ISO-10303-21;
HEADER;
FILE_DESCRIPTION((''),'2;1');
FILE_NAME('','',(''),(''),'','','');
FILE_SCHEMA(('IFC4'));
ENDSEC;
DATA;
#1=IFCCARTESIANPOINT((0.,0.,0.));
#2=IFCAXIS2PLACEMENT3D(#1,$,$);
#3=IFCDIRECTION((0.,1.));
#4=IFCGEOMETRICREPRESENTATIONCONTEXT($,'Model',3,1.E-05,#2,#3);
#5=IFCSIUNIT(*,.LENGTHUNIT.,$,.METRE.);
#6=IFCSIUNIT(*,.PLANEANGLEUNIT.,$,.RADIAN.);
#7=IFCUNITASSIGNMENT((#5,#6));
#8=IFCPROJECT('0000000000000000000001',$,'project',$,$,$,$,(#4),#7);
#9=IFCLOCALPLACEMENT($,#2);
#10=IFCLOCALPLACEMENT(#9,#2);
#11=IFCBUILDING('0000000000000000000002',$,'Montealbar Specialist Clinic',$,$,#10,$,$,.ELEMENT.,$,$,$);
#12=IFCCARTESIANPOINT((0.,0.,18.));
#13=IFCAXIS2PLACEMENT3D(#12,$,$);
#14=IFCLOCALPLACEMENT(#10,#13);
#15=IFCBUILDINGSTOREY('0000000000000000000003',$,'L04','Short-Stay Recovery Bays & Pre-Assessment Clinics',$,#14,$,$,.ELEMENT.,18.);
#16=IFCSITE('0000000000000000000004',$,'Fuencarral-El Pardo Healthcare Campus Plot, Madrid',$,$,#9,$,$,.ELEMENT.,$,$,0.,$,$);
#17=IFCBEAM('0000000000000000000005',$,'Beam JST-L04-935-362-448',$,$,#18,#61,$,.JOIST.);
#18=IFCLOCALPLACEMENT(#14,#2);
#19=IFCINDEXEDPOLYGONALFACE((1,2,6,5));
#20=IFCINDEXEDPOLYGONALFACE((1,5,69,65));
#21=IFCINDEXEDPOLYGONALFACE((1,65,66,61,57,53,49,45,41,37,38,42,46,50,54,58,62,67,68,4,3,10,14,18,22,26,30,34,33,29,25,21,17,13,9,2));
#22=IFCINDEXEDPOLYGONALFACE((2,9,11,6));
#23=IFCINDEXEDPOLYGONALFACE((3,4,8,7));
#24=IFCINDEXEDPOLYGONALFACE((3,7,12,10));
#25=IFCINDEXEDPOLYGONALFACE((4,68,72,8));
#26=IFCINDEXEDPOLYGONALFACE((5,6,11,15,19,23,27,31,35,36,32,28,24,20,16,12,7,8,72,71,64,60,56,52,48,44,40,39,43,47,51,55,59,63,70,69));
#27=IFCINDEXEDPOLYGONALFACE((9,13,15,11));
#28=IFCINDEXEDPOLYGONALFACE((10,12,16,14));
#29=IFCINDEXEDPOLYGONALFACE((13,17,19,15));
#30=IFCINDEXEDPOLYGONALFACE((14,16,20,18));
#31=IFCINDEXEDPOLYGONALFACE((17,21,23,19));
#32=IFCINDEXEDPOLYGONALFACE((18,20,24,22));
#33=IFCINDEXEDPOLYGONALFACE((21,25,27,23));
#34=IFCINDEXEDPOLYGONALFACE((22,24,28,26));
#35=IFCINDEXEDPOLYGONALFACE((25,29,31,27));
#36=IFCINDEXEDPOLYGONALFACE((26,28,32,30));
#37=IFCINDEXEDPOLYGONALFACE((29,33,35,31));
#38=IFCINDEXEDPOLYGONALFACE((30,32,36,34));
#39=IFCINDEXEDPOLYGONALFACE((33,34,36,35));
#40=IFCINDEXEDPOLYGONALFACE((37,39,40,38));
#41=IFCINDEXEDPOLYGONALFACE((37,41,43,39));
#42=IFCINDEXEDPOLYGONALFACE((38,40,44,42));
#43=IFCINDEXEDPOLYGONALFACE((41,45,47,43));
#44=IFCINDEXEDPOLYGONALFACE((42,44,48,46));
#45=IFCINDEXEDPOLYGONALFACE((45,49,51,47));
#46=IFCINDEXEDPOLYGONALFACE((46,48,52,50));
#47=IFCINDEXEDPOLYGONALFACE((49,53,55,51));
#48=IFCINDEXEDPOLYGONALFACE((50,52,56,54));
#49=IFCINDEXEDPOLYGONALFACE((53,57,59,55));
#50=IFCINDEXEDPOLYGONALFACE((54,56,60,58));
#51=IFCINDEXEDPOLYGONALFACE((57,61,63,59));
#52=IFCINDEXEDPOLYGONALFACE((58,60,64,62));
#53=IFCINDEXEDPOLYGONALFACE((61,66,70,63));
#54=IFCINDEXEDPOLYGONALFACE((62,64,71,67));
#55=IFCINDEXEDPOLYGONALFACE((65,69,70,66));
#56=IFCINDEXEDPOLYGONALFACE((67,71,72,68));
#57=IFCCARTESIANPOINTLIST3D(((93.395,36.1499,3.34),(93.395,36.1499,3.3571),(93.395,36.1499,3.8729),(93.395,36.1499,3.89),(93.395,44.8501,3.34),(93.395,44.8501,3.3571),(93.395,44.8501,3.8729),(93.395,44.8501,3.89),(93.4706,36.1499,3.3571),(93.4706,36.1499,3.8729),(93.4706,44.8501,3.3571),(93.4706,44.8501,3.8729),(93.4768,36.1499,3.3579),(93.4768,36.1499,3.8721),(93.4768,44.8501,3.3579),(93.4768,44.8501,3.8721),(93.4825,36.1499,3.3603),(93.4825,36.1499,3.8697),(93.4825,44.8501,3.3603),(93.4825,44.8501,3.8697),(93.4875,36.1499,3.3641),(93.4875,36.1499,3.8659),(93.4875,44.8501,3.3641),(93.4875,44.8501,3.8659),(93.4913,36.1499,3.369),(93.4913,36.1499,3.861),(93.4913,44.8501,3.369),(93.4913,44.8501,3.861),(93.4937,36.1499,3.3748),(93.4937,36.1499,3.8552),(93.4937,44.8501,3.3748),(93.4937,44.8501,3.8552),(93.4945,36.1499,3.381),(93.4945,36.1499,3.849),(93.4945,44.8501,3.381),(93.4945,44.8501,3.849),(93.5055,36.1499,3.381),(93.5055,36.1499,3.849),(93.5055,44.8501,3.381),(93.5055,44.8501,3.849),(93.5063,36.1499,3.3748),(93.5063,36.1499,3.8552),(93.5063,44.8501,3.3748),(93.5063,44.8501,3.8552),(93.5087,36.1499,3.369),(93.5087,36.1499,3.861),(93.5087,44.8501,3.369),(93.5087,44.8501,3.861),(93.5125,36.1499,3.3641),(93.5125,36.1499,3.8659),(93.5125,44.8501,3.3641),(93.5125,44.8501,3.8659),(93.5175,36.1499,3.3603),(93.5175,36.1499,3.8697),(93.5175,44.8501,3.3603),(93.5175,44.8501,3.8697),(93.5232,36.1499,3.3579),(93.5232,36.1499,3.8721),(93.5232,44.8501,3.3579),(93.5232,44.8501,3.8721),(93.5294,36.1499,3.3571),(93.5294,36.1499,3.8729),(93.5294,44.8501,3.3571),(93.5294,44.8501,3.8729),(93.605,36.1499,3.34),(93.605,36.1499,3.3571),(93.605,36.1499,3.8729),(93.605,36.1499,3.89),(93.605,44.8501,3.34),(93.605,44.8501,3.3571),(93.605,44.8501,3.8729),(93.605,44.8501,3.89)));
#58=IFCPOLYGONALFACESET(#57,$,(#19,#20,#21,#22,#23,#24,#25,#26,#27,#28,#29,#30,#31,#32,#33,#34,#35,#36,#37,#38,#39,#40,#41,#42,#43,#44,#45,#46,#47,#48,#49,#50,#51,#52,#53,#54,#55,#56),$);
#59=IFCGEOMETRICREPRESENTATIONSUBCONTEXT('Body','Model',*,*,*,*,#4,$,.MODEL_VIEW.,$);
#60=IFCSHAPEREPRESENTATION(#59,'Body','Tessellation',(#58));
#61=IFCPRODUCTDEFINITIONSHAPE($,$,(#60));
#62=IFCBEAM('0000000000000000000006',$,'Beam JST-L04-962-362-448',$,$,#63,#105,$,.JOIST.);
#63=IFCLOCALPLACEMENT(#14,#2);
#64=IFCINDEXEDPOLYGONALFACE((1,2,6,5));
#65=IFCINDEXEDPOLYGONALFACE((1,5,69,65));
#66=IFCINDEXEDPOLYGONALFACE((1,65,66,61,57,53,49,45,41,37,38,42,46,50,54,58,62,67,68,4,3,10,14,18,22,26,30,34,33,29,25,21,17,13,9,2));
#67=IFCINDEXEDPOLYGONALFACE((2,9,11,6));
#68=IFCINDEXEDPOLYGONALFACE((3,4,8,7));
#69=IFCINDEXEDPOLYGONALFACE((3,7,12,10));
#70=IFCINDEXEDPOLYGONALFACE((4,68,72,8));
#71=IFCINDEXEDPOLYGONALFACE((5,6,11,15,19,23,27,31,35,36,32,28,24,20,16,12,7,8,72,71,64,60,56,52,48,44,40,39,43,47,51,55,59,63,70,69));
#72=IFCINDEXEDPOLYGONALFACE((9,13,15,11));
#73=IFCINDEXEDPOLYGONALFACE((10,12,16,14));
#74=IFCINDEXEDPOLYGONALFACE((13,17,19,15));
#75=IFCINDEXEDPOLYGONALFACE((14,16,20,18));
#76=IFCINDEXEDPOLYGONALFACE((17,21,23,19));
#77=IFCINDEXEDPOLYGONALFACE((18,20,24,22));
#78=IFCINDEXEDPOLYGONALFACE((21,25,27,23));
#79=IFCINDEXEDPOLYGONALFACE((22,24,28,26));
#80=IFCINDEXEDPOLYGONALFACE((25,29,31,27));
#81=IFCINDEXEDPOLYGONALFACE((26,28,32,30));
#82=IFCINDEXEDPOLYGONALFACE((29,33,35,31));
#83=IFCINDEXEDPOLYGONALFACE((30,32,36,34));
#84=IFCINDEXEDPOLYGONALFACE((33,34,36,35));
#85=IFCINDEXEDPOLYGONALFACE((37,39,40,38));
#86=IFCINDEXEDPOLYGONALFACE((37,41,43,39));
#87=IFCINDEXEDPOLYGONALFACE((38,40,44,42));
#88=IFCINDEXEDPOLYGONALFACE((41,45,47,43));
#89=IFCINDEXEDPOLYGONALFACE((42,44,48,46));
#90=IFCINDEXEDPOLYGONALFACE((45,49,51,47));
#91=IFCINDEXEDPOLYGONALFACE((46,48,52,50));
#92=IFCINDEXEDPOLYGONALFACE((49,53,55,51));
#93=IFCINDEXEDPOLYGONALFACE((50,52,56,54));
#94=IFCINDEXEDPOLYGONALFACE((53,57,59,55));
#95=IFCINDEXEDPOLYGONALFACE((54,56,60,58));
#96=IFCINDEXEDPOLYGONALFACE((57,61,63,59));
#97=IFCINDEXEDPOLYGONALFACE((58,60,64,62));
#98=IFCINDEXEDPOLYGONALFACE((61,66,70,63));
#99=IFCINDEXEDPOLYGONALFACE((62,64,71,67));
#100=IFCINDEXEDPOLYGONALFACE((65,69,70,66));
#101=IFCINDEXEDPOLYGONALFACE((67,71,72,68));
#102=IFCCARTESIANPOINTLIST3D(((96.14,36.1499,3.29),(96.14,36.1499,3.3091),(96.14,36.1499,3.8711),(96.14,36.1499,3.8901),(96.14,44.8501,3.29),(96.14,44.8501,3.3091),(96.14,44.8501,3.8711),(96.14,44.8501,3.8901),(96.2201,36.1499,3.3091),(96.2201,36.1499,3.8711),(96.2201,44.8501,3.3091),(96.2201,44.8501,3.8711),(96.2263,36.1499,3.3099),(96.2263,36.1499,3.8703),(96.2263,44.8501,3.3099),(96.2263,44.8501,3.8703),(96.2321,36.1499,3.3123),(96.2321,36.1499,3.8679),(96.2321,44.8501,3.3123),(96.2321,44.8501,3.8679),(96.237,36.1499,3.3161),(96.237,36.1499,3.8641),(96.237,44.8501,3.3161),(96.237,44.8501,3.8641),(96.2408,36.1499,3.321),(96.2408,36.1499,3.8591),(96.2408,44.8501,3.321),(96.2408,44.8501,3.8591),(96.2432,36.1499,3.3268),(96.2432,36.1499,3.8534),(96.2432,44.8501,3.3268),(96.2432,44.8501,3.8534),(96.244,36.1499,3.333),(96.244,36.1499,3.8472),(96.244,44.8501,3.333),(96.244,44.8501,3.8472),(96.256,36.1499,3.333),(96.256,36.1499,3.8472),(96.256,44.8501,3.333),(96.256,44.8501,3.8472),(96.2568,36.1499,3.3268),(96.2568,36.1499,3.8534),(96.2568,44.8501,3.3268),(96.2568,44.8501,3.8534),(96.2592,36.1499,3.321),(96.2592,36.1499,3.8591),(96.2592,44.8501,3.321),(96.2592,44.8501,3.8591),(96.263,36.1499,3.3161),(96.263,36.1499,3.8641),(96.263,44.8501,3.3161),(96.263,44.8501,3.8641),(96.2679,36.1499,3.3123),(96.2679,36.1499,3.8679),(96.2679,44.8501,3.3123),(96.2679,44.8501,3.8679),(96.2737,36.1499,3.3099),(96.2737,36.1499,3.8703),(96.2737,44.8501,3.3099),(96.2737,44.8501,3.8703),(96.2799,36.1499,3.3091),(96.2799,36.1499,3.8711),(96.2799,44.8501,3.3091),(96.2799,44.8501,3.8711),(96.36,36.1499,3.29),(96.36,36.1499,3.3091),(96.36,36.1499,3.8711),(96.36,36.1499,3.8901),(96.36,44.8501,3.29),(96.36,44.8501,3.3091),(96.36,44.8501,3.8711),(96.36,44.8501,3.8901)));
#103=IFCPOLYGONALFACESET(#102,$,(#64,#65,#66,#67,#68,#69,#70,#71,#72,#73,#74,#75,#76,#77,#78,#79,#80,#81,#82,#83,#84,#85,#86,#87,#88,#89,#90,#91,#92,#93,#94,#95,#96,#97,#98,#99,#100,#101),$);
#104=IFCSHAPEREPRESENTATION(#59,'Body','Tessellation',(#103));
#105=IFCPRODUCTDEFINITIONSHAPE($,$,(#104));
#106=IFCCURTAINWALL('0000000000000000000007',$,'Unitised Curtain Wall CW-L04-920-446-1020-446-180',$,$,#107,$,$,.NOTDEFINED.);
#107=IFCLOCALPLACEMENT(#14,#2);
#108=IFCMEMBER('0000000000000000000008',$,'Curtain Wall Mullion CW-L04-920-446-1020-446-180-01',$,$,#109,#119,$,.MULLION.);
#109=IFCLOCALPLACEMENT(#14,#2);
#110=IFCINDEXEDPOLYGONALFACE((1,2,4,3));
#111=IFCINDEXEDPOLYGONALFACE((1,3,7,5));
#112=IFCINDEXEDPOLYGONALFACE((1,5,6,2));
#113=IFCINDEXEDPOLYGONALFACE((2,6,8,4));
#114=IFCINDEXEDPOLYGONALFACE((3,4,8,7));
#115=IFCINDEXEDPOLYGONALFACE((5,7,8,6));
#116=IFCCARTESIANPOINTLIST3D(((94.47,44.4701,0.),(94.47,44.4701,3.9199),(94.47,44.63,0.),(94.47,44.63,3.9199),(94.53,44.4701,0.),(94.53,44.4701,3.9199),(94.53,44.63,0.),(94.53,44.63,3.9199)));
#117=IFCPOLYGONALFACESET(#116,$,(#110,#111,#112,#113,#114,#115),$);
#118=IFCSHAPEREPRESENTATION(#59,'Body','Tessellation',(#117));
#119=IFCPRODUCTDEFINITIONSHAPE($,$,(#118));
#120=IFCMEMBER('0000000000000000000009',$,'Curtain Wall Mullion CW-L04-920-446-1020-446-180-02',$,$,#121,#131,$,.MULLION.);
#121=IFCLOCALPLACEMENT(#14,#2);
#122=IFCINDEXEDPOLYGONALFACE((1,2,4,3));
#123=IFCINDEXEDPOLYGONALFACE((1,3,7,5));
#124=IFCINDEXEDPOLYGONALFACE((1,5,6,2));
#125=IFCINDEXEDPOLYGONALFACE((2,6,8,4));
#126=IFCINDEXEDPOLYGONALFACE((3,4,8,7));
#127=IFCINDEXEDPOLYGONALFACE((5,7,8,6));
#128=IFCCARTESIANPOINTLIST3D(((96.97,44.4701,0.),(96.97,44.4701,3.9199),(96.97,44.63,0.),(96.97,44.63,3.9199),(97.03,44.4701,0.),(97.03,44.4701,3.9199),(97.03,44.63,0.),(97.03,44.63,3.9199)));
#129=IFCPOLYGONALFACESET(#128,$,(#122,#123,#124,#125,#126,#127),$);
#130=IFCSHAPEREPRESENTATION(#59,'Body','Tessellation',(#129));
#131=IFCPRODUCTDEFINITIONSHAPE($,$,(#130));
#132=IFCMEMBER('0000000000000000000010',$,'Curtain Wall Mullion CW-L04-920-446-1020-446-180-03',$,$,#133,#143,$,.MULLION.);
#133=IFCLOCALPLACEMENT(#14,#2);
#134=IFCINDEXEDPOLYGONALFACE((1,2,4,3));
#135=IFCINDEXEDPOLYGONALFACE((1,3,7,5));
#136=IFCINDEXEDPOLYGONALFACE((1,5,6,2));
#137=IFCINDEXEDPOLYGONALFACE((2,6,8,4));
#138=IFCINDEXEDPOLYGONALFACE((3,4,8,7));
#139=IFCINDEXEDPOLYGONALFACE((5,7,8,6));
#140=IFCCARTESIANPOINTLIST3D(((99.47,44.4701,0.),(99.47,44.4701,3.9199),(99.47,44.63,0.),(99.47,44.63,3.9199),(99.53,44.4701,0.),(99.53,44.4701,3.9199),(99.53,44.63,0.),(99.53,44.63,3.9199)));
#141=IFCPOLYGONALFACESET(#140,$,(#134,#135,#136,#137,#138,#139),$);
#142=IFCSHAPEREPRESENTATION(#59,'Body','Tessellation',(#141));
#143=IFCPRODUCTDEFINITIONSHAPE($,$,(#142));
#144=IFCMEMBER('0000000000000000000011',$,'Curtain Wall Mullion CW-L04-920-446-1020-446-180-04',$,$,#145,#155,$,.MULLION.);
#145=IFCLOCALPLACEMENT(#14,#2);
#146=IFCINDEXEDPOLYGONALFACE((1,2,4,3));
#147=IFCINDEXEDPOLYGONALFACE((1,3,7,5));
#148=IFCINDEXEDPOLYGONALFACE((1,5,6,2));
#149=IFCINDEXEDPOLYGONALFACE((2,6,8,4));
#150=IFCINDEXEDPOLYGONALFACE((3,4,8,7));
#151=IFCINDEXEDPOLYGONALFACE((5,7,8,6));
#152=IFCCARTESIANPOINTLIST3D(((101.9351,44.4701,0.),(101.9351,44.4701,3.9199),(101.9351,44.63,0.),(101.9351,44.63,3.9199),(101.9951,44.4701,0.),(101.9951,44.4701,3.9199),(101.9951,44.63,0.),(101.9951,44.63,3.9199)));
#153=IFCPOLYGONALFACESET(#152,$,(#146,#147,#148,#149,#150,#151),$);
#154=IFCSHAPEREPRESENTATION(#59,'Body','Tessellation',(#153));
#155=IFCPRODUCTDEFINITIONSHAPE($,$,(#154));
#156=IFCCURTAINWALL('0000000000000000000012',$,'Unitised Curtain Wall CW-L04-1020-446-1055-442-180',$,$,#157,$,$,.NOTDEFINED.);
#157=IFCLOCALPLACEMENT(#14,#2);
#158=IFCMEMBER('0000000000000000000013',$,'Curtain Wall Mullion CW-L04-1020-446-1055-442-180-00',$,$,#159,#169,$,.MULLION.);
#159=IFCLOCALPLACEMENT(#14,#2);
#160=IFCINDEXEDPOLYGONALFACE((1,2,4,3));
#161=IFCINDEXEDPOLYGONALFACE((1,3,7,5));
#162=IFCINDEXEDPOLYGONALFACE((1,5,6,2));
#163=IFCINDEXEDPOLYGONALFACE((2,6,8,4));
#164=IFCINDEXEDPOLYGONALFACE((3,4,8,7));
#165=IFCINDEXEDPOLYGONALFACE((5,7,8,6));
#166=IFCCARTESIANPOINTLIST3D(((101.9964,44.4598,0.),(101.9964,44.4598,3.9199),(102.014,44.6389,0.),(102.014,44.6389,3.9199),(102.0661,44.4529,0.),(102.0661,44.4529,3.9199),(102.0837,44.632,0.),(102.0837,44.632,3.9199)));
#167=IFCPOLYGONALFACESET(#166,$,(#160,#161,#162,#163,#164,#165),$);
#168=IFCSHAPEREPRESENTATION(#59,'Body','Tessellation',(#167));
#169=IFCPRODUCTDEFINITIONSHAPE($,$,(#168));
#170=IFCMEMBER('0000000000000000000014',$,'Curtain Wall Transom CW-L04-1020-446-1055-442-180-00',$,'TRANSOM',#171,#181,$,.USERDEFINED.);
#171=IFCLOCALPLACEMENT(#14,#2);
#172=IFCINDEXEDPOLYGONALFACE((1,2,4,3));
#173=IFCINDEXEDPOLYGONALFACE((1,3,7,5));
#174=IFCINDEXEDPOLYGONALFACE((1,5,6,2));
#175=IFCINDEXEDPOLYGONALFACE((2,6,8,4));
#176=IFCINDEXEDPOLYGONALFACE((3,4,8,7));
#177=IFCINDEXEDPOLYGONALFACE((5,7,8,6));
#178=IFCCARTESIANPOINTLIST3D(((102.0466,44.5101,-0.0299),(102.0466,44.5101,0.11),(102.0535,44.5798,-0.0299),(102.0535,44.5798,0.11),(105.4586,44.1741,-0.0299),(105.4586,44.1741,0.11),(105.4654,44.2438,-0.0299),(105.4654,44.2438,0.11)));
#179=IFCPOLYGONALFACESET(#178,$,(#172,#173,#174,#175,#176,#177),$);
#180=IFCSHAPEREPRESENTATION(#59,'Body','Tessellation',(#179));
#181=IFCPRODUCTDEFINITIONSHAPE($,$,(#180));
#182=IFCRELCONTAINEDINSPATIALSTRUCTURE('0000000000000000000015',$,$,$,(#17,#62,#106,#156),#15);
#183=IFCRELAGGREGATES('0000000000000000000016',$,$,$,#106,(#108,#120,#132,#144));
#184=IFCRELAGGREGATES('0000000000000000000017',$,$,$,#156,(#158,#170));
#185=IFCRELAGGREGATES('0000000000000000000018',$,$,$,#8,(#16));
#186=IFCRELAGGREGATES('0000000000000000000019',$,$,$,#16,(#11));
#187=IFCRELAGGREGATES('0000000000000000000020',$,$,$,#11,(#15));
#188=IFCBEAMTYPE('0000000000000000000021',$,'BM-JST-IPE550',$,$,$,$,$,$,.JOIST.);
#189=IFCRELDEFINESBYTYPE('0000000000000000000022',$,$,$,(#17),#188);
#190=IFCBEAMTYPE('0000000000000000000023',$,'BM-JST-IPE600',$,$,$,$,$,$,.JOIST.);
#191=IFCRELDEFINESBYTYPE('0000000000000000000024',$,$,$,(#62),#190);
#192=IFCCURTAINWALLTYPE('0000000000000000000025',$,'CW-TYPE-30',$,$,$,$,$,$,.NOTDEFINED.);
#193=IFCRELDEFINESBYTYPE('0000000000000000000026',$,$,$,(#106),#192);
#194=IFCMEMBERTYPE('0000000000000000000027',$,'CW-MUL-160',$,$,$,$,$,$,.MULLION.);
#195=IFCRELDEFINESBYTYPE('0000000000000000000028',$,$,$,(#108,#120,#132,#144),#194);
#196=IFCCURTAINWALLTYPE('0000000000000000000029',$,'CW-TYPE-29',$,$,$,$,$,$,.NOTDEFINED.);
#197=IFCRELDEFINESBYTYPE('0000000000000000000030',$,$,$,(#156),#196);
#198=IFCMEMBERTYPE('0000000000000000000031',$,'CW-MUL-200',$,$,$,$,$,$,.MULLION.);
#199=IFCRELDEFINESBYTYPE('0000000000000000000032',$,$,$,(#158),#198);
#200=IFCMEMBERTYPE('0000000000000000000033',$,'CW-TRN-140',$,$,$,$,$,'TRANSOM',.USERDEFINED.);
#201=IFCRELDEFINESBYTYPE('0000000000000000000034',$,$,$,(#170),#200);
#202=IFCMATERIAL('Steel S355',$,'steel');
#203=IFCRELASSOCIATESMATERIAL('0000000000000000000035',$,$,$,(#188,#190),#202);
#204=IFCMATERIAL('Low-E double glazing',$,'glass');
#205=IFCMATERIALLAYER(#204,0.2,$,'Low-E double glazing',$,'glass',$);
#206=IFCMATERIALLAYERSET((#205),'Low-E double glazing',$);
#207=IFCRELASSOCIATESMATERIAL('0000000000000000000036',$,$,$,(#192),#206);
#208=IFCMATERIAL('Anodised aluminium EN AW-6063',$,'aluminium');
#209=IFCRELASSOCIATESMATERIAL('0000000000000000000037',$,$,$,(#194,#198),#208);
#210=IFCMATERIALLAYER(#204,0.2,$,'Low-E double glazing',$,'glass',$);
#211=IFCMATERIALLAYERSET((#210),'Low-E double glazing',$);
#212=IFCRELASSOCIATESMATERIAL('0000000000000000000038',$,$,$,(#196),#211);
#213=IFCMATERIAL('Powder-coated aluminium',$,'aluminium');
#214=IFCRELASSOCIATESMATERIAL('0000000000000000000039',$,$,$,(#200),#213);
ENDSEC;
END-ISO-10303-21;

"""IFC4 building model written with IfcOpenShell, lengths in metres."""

from ifc_helpers import new_model, si_unit, direction, frame, origin, origin_2d, place, context, subcontext, project, spatial, rectangle, i_section, extrude, material, layer, layer_set, material_profile, profile_set, type_object, element, aggregate, save


model = new_model("IFC4")

# Units and contexts
model_context = context("Model", 3, precision=1e-05, world=origin(), true_north=direction((0.0, 1.0)))
body_context = subcontext(model_context, "Body", "Model", "MODEL_VIEW")
ifc_project = project(units=[si_unit("LENGTHUNIT", "METRE"), si_unit("PLANEANGLEUNIT", "RADIAN")], contexts=[model_context])

# Site, building, storey
site_placement = place(None, origin())
site = spatial("IfcSite", under=ifc_project, at=site_placement, Name="Fuencarral-El Pardo Healthcare Campus Plot, Madrid", CompositionType="ELEMENT", RefElevation=0.0)
building_placement = place(site_placement, origin())
building = spatial("IfcBuilding", under=site, at=building_placement, Name="Montealbar Specialist Clinic", CompositionType="ELEMENT")
storey_placement = place(building_placement, frame((0.0, 0.0, 18.0)))
storey = spatial("IfcBuildingStorey", under=building, at=storey_placement, Name="L04", Description="Short-Stay Recovery Bays & Pre-Assessment Clinics", CompositionType="ELEMENT", Elevation=18.0)

# Shared definitions
ifc_material_1 = material(Name="Steel S355", Category="steel")

# Beams
ifc_material_profile_1 = material_profile(ifc_material_1, i_section(OverallWidth=0.21, OverallDepth=0.55, WebThickness=0.011, FlangeThickness=0.0171, FilletRadius=0.0239, at=origin_2d()), Name="IPE 550", Category="steel")
ifc_profile_set_1 = profile_set([ifc_material_profile_1], Name="Steel S355")
beam_type_1 = type_object("IfcBeamType", Name="BM-JST-IPE550", PredefinedType="JOIST", material=ifc_profile_set_1)
beam_1_placement = place(storey_placement, frame((93.5, 36.1499, 3.615), z_axis=(0.0, 1.0, 0.0), x_axis=(-1.0, 0.0, 0.0)))
element("IfcBeam", 1, at=beam_1_placement, inside=storey, type_object=beam_type_1, Name="Beam JST-L04-935-362-448", PredefinedType="JOIST", context=body_context, shape_type="SweptSolid", body=[
    extrude(i_section(OverallWidth=0.21, OverallDepth=0.55, WebThickness=0.011, FlangeThickness=0.0171, FilletRadius=0.0239, at=origin_2d()), origin(), (0.0, 0.0, 1.0), 8.7002),
])
ifc_material_profile_2 = material_profile(ifc_material_1, i_section(OverallWidth=0.22, OverallDepth=0.6001, WebThickness=0.012, FlangeThickness=0.019, FilletRadius=0.0239, at=origin_2d()), Name="IPE 600", Category="steel")
ifc_profile_set_2 = profile_set([ifc_material_profile_2], Name="Steel S355")
beam_type_2 = type_object("IfcBeamType", Name="BM-JST-IPE600", PredefinedType="JOIST", material=ifc_profile_set_2)
beam_2_placement = place(storey_placement, frame((96.25, 36.1499, 3.5901), z_axis=(0.0, 1.0, 0.0), x_axis=(-1.0, 0.0, 0.0)))
element("IfcBeam", 2, at=beam_2_placement, inside=storey, type_object=beam_type_2, Name="Beam JST-L04-962-362-448", PredefinedType="JOIST", context=body_context, shape_type="SweptSolid", body=[
    extrude(i_section(OverallWidth=0.22, OverallDepth=0.6001, WebThickness=0.012, FlangeThickness=0.019, FilletRadius=0.0239, at=origin_2d()), origin(), (0.0, 0.0, 1.0), 8.7002),
])

# Curtain walls, members
ifc_material_2 = material(Name="Low-E double glazing", Category="glass")
ifc_layer_1 = layer(ifc_material_2, 0.2, Name="Low-E double glazing", Category="glass")
ifc_layer_set_1 = layer_set([ifc_layer_1], Name="Low-E double glazing")
curtain_wall_type_1 = type_object("IfcCurtainWallType", Name="CW-TYPE-30", PredefinedType="NOTDEFINED", material=ifc_layer_set_1)
curtain_wall_1_placement = place(storey_placement, origin())
curtain_wall_1 = element("IfcCurtainWall", 3, at=curtain_wall_1_placement, inside=storey, type_object=curtain_wall_type_1, Name="Unitised Curtain Wall CW-L04-920-446-1020-446-180", PredefinedType="NOTDEFINED")
ifc_material_3 = material(Name="Anodised aluminium EN AW-6063", Category="aluminium")
ifc_material_profile_3 = material_profile(ifc_material_3, rectangle(XDim=0.0601, YDim=0.1599, at=origin_2d()), Name="ALU 60x160", Category="aluminium")
ifc_profile_set_3 = profile_set([ifc_material_profile_3], Name="Anodised aluminium EN AW-6063")
member_type_1 = type_object("IfcMemberType", Name="CW-MUL-160", PredefinedType="MULLION", material=ifc_profile_set_3)
member_1_placement = place(storey_placement, frame((94.5, 44.55, 0.0), z_axis=(0.0, 0.0, 1.0), x_axis=(1.0, 0.0, 0.0)))
member_1 = element("IfcMember", 4, at=member_1_placement, type_object=member_type_1, Name="Curtain Wall Mullion CW-L04-920-446-1020-446-180-01", PredefinedType="MULLION", context=body_context, shape_type="SweptSolid", body=[
    extrude(rectangle(XDim=0.0601, YDim=0.1599, at=origin_2d()), origin(), (0.0, 0.0, 1.0), 3.9199),
])
member_2_placement = place(storey_placement, frame((97.0, 44.55, 0.0), z_axis=(0.0, 0.0, 1.0), x_axis=(1.0, 0.0, 0.0)))
member_2 = element("IfcMember", 5, at=member_2_placement, type_object=member_type_1, Name="Curtain Wall Mullion CW-L04-920-446-1020-446-180-02", PredefinedType="MULLION", context=body_context, shape_type="SweptSolid", body=[
    extrude(rectangle(XDim=0.0601, YDim=0.1599, at=origin_2d()), origin(), (0.0, 0.0, 1.0), 3.9199),
])
member_3_placement = place(storey_placement, frame((99.5, 44.55, 0.0), z_axis=(0.0, 0.0, 1.0), x_axis=(1.0, 0.0, 0.0)))
member_3 = element("IfcMember", 6, at=member_3_placement, type_object=member_type_1, Name="Curtain Wall Mullion CW-L04-920-446-1020-446-180-03", PredefinedType="MULLION", context=body_context, shape_type="SweptSolid", body=[
    extrude(rectangle(XDim=0.0601, YDim=0.1599, at=origin_2d()), origin(), (0.0, 0.0, 1.0), 3.9199),
])
member_4_placement = place(storey_placement, frame((101.9651, 44.55, 0.0), z_axis=(0.0, 0.0, 1.0), x_axis=(1.0, 0.0, 0.0)))
member_4 = element("IfcMember", 7, at=member_4_placement, type_object=member_type_1, Name="Curtain Wall Mullion CW-L04-920-446-1020-446-180-04", PredefinedType="MULLION", context=body_context, shape_type="SweptSolid", body=[
    extrude(rectangle(XDim=0.0601, YDim=0.1599, at=origin_2d()), origin(), (0.0, 0.0, 1.0), 3.9199),
])
ifc_layer_2 = layer(ifc_material_2, 0.2, Name="Low-E double glazing", Category="glass")
ifc_layer_set_2 = layer_set([ifc_layer_2], Name="Low-E double glazing")
curtain_wall_type_2 = type_object("IfcCurtainWallType", Name="CW-TYPE-29", PredefinedType="NOTDEFINED", material=ifc_layer_set_2)
curtain_wall_2_placement = place(storey_placement, origin())
curtain_wall_2 = element("IfcCurtainWall", 8, at=curtain_wall_2_placement, inside=storey, type_object=curtain_wall_type_2, Name="Unitised Curtain Wall CW-L04-1020-446-1055-442-180", PredefinedType="NOTDEFINED")
ifc_material_profile_4 = material_profile(ifc_material_3, rectangle(XDim=0.0701, YDim=0.1799, at=origin_2d()), Name="ALU 70x180", Category="aluminium")
ifc_profile_set_4 = profile_set([ifc_material_profile_4], Name="Anodised aluminium EN AW-6063")
member_type_2 = type_object("IfcMemberType", Name="CW-MUL-200", PredefinedType="MULLION", material=ifc_profile_set_4)
member_5_placement = place(storey_placement, frame((102.04, 44.5459, 0.0), z_axis=(0.0, 0.0, 1.0), x_axis=(0.995182, -0.098045, 0.0)))
member_5 = element("IfcMember", 9, at=member_5_placement, type_object=member_type_2, Name="Curtain Wall Mullion CW-L04-1020-446-1055-442-180-00", PredefinedType="MULLION", context=body_context, shape_type="SweptSolid", body=[
    extrude(rectangle(XDim=0.0701, YDim=0.1799, at=origin_2d()), origin(), (0.0, 0.0, 1.0), 3.9199),
])
ifc_material_4 = material(Name="Powder-coated aluminium", Category="aluminium")
ifc_material_profile_5 = material_profile(ifc_material_4, rectangle(XDim=0.0701, YDim=0.1399, at=origin_2d()), Name="ALU 70x140", Category="aluminium")
ifc_profile_set_5 = profile_set([ifc_material_profile_5], Name="Powder-coated aluminium")
member_type_3 = type_object("IfcMemberType", Name="CW-TRN-140", ElementType="TRANSOM", PredefinedType="USERDEFINED", material=ifc_profile_set_5)
member_6_placement = place(storey_placement, frame((102.05, 44.5449, 0.04), z_axis=(0.995188, -0.097988, 0.0), x_axis=(0.097988, 0.995188, 0.0)))
member_6 = element("IfcMember", 10, at=member_6_placement, type_object=member_type_3, Name="Curtain Wall Transom CW-L04-1020-446-1055-442-180-00", ObjectType="TRANSOM", PredefinedType="USERDEFINED", context=body_context, shape_type="SweptSolid", body=[
    extrude(rectangle(XDim=0.0701, YDim=0.1399, at=origin_2d()), origin(), (0.0, 0.0, 1.0), 3.4285),
])

aggregate(curtain_wall_1, [member_1, member_2, member_3, member_4])
aggregate(curtain_wall_2, [member_5, member_6])

save(model, "model.ifc")
